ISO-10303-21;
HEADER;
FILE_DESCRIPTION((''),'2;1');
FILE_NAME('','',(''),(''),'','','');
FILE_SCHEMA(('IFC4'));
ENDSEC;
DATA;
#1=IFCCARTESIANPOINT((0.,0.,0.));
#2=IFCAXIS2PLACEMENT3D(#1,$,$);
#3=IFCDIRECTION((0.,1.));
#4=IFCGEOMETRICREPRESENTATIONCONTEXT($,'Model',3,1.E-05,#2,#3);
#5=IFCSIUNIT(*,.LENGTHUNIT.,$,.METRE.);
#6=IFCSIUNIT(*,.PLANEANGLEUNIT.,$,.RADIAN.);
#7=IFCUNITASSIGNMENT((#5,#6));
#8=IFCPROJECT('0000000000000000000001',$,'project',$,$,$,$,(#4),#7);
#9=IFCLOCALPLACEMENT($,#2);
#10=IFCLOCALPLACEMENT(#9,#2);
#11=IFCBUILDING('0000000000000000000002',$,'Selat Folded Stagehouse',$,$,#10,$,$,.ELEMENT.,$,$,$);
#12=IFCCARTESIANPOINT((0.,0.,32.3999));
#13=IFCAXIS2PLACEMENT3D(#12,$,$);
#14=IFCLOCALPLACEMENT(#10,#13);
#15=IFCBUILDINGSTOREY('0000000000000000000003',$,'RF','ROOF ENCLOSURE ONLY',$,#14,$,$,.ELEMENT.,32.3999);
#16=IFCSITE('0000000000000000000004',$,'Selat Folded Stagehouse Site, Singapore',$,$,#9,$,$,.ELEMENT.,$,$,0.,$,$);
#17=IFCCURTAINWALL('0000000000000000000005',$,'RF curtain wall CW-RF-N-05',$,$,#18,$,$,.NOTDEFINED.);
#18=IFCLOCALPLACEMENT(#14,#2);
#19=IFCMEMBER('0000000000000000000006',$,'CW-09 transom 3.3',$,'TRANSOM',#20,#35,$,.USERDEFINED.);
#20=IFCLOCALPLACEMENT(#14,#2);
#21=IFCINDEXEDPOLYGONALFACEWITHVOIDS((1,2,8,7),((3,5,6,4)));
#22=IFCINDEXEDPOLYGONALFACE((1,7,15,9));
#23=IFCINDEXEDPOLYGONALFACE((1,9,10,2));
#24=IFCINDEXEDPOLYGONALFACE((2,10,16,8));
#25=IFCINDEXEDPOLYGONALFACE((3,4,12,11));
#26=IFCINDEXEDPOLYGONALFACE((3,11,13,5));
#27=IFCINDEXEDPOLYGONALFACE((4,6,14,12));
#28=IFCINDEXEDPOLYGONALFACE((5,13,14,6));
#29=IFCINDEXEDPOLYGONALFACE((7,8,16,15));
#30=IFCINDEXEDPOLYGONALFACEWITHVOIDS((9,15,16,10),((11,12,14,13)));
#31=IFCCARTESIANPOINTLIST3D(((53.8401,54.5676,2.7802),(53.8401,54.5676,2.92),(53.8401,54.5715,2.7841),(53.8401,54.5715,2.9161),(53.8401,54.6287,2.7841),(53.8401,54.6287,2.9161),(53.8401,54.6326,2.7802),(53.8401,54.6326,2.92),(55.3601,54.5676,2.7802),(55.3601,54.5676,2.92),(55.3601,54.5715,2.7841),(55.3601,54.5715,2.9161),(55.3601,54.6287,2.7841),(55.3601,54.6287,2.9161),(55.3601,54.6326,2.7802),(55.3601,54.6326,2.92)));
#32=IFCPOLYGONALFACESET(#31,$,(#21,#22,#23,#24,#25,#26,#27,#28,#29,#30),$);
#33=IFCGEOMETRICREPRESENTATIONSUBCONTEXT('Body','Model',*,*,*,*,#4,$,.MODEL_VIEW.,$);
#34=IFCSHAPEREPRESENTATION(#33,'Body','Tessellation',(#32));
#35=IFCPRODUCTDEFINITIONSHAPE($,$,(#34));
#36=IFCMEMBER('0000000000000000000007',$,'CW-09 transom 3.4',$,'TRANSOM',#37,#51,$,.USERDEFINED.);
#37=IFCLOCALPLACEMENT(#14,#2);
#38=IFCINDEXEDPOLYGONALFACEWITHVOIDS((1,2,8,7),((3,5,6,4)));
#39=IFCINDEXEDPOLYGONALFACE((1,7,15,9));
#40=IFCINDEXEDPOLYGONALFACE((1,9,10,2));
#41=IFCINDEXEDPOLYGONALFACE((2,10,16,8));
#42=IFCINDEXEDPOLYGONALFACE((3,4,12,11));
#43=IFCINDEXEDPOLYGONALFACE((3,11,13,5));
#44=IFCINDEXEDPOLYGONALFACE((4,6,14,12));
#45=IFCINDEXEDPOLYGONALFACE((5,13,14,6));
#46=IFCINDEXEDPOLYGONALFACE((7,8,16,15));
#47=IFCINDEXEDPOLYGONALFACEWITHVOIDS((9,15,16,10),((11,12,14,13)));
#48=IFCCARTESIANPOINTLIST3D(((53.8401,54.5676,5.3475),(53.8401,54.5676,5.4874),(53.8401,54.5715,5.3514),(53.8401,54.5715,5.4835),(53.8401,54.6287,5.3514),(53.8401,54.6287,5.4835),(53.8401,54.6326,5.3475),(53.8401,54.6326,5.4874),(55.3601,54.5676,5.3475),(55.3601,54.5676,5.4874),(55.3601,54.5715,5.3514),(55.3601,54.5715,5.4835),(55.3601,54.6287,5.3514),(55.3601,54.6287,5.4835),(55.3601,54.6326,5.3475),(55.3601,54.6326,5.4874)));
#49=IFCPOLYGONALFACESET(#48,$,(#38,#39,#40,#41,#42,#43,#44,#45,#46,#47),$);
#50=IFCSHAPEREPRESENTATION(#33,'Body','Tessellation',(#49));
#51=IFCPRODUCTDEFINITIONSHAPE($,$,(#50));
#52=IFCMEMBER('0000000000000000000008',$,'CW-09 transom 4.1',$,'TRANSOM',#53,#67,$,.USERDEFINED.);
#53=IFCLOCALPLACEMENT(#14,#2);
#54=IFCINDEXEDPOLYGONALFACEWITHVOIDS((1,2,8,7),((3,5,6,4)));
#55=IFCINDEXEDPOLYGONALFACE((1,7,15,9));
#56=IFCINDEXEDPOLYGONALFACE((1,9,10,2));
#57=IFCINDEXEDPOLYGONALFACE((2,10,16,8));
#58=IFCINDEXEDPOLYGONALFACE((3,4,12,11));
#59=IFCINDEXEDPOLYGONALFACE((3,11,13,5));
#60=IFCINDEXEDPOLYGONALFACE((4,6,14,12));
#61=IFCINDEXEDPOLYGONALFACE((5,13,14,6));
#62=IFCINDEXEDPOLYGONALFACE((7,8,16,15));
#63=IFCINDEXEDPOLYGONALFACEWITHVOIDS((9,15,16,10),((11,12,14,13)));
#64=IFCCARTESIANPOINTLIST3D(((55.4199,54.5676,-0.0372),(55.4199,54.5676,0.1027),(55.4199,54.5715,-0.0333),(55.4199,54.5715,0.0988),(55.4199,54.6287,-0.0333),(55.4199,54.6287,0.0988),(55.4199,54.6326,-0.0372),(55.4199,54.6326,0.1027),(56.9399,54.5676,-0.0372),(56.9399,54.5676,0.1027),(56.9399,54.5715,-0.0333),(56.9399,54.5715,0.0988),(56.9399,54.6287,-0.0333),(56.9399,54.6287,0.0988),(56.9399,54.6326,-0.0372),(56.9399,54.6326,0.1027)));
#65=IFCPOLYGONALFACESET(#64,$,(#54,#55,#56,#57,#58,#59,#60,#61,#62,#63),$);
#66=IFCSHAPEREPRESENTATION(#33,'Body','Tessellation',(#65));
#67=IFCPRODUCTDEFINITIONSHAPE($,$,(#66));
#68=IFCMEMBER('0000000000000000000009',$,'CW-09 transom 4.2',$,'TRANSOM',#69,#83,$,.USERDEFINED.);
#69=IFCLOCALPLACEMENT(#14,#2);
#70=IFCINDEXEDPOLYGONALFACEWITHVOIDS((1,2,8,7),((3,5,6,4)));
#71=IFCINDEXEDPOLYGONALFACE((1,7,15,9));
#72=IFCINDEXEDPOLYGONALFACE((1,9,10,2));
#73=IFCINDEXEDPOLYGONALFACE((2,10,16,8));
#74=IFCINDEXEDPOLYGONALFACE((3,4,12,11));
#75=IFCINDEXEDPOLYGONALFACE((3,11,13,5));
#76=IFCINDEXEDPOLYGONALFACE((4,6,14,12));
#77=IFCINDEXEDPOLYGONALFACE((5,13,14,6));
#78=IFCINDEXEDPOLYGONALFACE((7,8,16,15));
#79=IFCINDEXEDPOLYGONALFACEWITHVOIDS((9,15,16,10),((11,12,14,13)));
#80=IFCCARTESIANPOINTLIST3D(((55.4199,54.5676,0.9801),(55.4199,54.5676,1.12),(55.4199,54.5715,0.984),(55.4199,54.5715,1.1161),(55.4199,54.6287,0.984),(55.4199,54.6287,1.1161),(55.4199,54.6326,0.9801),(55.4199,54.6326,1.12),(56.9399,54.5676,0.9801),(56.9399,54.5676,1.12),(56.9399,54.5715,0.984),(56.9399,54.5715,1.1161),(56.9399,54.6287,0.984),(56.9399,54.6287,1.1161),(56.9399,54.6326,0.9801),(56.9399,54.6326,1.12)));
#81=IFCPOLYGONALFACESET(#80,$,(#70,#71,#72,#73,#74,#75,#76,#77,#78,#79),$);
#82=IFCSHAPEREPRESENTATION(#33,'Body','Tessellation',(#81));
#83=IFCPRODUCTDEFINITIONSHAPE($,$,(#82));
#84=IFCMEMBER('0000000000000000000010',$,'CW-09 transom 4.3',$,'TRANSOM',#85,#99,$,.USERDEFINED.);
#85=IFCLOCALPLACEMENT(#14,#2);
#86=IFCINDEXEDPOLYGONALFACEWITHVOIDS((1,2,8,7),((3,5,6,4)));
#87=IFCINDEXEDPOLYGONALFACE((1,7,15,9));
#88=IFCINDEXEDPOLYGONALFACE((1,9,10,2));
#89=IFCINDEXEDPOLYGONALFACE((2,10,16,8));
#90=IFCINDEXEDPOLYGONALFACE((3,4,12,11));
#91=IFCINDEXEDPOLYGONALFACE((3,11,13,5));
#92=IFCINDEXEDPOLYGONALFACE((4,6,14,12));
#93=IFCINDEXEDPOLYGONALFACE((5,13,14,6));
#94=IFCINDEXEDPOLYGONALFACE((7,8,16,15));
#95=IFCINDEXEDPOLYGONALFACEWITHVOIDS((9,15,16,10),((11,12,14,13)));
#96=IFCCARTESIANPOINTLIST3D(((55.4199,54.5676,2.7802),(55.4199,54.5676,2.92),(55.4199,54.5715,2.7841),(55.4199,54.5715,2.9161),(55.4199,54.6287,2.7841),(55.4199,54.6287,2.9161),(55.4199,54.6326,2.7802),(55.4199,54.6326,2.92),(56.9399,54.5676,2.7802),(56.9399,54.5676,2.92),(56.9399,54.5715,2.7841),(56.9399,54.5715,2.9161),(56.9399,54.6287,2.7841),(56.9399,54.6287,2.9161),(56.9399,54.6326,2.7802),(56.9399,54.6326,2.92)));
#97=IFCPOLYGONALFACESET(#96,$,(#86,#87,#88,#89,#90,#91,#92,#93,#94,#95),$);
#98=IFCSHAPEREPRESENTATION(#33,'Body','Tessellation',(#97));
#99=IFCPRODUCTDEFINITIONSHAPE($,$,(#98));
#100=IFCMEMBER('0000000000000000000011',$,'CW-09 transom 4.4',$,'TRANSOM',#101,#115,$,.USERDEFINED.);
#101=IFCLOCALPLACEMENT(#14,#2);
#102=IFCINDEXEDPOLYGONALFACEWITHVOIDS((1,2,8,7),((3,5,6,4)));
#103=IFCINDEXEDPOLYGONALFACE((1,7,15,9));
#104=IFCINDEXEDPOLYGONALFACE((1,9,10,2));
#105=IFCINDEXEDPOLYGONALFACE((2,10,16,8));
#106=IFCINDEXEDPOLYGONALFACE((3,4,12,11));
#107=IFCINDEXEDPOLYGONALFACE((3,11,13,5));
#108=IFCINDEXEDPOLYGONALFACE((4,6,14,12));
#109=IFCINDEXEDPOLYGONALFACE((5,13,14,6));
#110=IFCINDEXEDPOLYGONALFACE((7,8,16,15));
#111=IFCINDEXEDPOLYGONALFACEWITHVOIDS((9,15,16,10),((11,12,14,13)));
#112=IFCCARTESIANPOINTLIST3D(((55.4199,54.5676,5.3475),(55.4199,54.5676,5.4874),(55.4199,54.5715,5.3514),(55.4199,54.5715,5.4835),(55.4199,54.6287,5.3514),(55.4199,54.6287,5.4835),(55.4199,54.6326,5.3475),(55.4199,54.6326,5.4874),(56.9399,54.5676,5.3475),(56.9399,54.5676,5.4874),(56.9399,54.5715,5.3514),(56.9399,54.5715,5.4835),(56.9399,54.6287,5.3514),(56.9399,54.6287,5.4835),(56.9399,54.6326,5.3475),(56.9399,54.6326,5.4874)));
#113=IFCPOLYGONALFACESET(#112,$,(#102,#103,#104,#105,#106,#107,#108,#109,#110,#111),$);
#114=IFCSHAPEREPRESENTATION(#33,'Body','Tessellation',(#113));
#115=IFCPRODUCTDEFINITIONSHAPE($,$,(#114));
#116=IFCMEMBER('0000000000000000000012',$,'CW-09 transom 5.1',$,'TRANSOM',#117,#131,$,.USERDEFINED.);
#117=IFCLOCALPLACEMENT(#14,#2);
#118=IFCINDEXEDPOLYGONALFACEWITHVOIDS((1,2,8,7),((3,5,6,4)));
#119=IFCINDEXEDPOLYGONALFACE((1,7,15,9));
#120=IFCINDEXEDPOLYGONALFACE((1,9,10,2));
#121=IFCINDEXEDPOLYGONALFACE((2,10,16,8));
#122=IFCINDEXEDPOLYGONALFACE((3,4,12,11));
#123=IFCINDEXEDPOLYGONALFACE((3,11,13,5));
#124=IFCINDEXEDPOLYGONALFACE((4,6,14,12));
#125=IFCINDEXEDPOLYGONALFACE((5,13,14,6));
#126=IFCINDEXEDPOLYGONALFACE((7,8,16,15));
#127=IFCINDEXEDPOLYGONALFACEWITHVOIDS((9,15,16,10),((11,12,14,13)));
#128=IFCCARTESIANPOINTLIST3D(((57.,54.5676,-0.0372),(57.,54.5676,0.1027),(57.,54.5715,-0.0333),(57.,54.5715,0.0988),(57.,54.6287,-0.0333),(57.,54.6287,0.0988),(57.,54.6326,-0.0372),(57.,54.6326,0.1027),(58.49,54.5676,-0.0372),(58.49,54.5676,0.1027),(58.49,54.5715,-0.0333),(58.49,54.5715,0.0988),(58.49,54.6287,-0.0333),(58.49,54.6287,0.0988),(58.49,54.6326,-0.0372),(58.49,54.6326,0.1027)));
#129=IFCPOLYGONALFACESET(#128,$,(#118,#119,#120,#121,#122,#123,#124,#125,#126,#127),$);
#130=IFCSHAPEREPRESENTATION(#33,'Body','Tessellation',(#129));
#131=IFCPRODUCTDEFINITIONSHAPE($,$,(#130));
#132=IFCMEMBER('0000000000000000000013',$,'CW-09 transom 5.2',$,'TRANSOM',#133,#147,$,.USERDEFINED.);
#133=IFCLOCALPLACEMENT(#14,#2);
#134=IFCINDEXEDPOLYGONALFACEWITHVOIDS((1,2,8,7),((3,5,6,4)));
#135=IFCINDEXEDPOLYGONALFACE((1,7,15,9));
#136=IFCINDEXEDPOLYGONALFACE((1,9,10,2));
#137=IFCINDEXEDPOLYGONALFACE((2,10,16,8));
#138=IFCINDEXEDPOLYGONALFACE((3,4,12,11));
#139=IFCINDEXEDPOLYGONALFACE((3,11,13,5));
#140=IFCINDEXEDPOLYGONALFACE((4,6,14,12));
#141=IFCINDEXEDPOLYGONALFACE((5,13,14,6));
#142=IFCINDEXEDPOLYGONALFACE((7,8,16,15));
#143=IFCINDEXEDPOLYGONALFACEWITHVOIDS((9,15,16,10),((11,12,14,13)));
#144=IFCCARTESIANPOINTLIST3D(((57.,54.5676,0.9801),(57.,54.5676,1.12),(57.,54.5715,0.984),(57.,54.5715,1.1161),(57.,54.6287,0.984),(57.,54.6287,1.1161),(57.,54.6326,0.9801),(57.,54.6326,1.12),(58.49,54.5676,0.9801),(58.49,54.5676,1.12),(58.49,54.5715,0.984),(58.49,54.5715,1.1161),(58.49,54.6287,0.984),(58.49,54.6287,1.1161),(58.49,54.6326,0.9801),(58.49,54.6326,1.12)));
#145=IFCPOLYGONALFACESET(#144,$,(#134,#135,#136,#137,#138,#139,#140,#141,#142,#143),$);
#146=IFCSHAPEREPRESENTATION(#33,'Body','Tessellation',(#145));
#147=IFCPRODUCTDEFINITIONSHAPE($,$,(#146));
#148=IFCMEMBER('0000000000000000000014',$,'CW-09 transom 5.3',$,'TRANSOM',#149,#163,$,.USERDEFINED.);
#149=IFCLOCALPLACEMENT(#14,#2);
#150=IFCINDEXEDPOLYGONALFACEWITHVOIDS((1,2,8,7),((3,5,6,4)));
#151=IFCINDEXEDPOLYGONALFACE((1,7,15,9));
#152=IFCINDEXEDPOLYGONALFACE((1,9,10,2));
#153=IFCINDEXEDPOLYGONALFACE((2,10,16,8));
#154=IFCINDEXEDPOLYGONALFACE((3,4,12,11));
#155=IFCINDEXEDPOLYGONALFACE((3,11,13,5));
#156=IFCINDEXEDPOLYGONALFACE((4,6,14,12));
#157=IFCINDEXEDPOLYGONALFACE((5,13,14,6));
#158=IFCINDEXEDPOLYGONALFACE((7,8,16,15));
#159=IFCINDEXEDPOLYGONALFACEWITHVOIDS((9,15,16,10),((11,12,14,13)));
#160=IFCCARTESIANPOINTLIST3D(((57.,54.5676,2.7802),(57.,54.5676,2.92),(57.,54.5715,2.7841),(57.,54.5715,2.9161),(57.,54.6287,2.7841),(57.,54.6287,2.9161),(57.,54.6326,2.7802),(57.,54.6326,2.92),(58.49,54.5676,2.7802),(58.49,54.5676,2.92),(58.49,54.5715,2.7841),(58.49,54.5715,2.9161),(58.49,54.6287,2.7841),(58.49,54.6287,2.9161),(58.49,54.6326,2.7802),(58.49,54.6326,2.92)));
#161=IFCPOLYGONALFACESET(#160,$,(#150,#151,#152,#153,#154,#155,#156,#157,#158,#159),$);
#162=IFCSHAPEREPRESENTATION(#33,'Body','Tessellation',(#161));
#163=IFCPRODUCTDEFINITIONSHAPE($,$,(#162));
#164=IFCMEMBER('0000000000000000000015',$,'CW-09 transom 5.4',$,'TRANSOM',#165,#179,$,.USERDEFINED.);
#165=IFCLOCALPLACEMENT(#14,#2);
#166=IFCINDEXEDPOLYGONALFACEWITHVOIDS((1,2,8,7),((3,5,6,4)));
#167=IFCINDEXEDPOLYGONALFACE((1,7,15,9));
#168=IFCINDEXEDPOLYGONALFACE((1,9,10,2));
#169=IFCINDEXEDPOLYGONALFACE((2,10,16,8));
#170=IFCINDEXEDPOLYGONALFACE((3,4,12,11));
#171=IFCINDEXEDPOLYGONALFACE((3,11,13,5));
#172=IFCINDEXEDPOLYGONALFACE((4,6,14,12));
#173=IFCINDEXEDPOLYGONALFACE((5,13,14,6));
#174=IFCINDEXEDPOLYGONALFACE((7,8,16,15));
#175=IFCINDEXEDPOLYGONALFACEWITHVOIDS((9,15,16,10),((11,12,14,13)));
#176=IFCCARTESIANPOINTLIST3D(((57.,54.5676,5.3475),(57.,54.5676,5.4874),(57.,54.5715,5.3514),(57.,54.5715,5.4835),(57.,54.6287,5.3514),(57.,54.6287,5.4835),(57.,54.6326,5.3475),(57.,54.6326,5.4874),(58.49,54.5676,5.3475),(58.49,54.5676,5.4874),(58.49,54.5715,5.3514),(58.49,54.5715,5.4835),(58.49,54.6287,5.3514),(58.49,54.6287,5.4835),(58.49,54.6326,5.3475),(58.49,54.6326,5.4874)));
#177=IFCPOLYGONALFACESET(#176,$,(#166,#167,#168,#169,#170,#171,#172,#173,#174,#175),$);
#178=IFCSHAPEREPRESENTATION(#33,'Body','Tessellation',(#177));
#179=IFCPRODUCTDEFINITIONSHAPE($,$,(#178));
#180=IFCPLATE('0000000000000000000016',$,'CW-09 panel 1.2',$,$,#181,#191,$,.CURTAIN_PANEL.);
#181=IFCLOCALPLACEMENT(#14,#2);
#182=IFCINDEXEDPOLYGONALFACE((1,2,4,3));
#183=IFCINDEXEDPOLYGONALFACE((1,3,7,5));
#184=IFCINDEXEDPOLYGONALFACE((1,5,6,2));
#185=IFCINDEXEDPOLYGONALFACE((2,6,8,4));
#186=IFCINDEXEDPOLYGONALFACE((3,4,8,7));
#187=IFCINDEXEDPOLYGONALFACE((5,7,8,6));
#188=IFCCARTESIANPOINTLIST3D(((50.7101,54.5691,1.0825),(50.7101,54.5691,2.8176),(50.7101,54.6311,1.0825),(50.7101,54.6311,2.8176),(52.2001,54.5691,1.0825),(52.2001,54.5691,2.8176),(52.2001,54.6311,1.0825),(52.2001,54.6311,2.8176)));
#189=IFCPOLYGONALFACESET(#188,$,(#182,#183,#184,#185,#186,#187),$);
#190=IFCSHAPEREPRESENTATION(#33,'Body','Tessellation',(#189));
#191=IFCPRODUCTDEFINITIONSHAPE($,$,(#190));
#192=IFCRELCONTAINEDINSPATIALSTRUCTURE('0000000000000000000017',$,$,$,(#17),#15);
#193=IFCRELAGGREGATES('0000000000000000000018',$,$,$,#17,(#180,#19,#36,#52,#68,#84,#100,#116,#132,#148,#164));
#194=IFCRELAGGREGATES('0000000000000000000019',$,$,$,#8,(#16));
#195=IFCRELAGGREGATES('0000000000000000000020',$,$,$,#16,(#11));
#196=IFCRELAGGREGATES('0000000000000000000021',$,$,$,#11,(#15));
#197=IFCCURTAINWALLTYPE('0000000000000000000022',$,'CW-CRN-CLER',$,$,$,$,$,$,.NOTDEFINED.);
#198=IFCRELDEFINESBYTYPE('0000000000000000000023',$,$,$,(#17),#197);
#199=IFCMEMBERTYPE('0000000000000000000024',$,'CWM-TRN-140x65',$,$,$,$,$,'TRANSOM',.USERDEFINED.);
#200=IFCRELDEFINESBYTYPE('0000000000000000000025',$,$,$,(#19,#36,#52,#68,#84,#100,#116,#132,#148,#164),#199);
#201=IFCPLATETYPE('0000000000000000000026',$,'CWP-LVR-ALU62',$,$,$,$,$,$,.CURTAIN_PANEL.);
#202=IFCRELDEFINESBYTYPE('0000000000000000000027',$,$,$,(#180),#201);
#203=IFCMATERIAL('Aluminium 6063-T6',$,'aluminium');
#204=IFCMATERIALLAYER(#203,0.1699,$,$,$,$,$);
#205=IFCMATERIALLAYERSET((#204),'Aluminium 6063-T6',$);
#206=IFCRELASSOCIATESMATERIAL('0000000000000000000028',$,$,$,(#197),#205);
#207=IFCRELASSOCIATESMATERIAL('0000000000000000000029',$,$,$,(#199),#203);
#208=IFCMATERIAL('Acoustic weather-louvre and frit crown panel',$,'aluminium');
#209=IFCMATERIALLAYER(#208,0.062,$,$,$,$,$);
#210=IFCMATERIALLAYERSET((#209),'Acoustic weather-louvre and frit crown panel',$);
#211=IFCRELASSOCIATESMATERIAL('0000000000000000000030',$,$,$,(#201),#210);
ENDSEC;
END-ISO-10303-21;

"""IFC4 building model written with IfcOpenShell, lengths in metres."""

from ifc_helpers import new_model, si_unit, direction, frame, origin, origin_2d, place, context, subcontext, project, spatial, rectangle, hollow_rectangle, extrude, material, layer, layer_set, material_profile, profile_set, type_object, element, aggregate, save


model = new_model("IFC4")

# Units and contexts
model_context = context("Model", 3, precision=1e-05, world=origin(), true_north=direction((0.0, 1.0)))
body_context = subcontext(model_context, "Body", "Model", "MODEL_VIEW")
ifc_project = project(units=[si_unit("LENGTHUNIT", "METRE"), si_unit("PLANEANGLEUNIT", "RADIAN")], contexts=[model_context])

# Site, building, storey
site_placement = place(None, origin())
site = spatial("IfcSite", under=ifc_project, at=site_placement, Name="Selat Folded Stagehouse Site, Singapore", CompositionType="ELEMENT", RefElevation=0.0)
building_placement = place(site_placement, origin())
building = spatial("IfcBuilding", under=site, at=building_placement, Name="Selat Folded Stagehouse", CompositionType="ELEMENT")
storey_placement = place(building_placement, frame((0.0, 0.0, 32.3999)))
storey = spatial("IfcBuildingStorey", under=building, at=storey_placement, Name="RF", Description="ROOF ENCLOSURE ONLY", CompositionType="ELEMENT", Elevation=32.3999)

# Curtain wall, members, plate
ifc_material_1 = material(Name="Aluminium 6063-T6", Category="aluminium")
ifc_layer_1 = layer(ifc_material_1, 0.1699)
ifc_layer_set_1 = layer_set([ifc_layer_1], Name="Aluminium 6063-T6")
curtain_wall_type = type_object("IfcCurtainWallType", Name="CW-CRN-CLER", PredefinedType="NOTDEFINED", material=ifc_layer_set_1)
curtain_wall_placement = place(storey_placement, origin())
curtain_wall = element("IfcCurtainWall", 1, at=curtain_wall_placement, inside=storey, type_object=curtain_wall_type, Name="RF curtain wall CW-RF-N-05", PredefinedType="NOTDEFINED")
ifc_material_profile_1 = material_profile(ifc_material_1, hollow_rectangle(XDim=0.0649, YDim=0.1399, WallThickness=0.0039, at=origin_2d()), Name="ALU 140x65x4.0")
ifc_profile_set_1 = profile_set([ifc_material_profile_1], Name="Aluminium 6063-T6")
member_type_1 = type_object("IfcMemberType", Name="CWM-TRN-140x65", ElementType="TRANSOM", PredefinedType="USERDEFINED", material=ifc_profile_set_1)
member_1_placement = place(storey_placement, frame((53.8401, 54.6001, 2.8501), z_axis=(1.0, 0.0, 0.0), x_axis=(0.0, 1.0, 0.0)))
member_1 = element("IfcMember", 2, at=member_1_placement, type_object=member_type_1, Name="CW-09 transom 3.3", ObjectType="TRANSOM", PredefinedType="USERDEFINED", context=body_context, shape_type="SweptSolid", body=[
    extrude(hollow_rectangle(XDim=0.0649, YDim=0.1399, WallThickness=0.0039, at=origin_2d()), origin(), (0.0, 0.0, 1.0), 1.52),
])
member_2_placement = place(storey_placement, frame((53.8401, 54.6001, 5.4175), z_axis=(1.0, 0.0, 0.0), x_axis=(0.0, 1.0, 0.0)))
member_2 = element("IfcMember", 3, at=member_2_placement, type_object=member_type_1, Name="CW-09 transom 3.4", ObjectType="TRANSOM", PredefinedType="USERDEFINED", context=body_context, shape_type="SweptSolid", body=[
    extrude(hollow_rectangle(XDim=0.0649, YDim=0.1399, WallThickness=0.0039, at=origin_2d()), origin(), (0.0, 0.0, 1.0), 1.52),
])
member_3_placement = place(storey_placement, frame((55.4199, 54.6001, 0.0327), z_axis=(1.0, 0.0, 0.0), x_axis=(0.0, 1.0, 0.0)))
member_3 = element("IfcMember", 4, at=member_3_placement, type_object=member_type_1, Name="CW-09 transom 4.1", ObjectType="TRANSOM", PredefinedType="USERDEFINED", context=body_context, shape_type="SweptSolid", body=[
    extrude(hollow_rectangle(XDim=0.0649, YDim=0.1399, WallThickness=0.0039, at=origin_2d()), origin(), (0.0, 0.0, 1.0), 1.52),
])
member_4_placement = place(storey_placement, frame((55.4199, 54.6001, 1.05), z_axis=(1.0, 0.0, 0.0), x_axis=(0.0, 1.0, 0.0)))
member_4 = element("IfcMember", 5, at=member_4_placement, type_object=member_type_1, Name="CW-09 transom 4.2", ObjectType="TRANSOM", PredefinedType="USERDEFINED", context=body_context, shape_type="SweptSolid", body=[
    extrude(hollow_rectangle(XDim=0.0649, YDim=0.1399, WallThickness=0.0039, at=origin_2d()), origin(), (0.0, 0.0, 1.0), 1.52),
])
member_5_placement = place(storey_placement, frame((55.4199, 54.6001, 2.8501), z_axis=(1.0, 0.0, 0.0), x_axis=(0.0, 1.0, 0.0)))
member_5 = element("IfcMember", 6, at=member_5_placement, type_object=member_type_1, Name="CW-09 transom 4.3", ObjectType="TRANSOM", PredefinedType="USERDEFINED", context=body_context, shape_type="SweptSolid", body=[
    extrude(hollow_rectangle(XDim=0.0649, YDim=0.1399, WallThickness=0.0039, at=origin_2d()), origin(), (0.0, 0.0, 1.0), 1.52),
])
member_6_placement = place(storey_placement, frame((55.4199, 54.6001, 5.4175), z_axis=(1.0, 0.0, 0.0), x_axis=(0.0, 1.0, 0.0)))
member_6 = element("IfcMember", 7, at=member_6_placement, type_object=member_type_1, Name="CW-09 transom 4.4", ObjectType="TRANSOM", PredefinedType="USERDEFINED", context=body_context, shape_type="SweptSolid", body=[
    extrude(hollow_rectangle(XDim=0.0649, YDim=0.1399, WallThickness=0.0039, at=origin_2d()), origin(), (0.0, 0.0, 1.0), 1.52),
])
member_7_placement = place(storey_placement, frame((57.0, 54.6001, 0.0327), z_axis=(1.0, 0.0, 0.0), x_axis=(0.0, 1.0, 0.0)))
member_7 = element("IfcMember", 8, at=member_7_placement, type_object=member_type_1, Name="CW-09 transom 5.1", ObjectType="TRANSOM", PredefinedType="USERDEFINED", context=body_context, shape_type="SweptSolid", body=[
    extrude(hollow_rectangle(XDim=0.0649, YDim=0.1399, WallThickness=0.0039, at=origin_2d()), origin(), (0.0, 0.0, 1.0), 1.49),
])
member_8_placement = place(storey_placement, frame((57.0, 54.6001, 1.05), z_axis=(1.0, 0.0, 0.0), x_axis=(0.0, 1.0, 0.0)))
member_8 = element("IfcMember", 9, at=member_8_placement, type_object=member_type_1, Name="CW-09 transom 5.2", ObjectType="TRANSOM", PredefinedType="USERDEFINED", context=body_context, shape_type="SweptSolid", body=[
    extrude(hollow_rectangle(XDim=0.0649, YDim=0.1399, WallThickness=0.0039, at=origin_2d()), origin(), (0.0, 0.0, 1.0), 1.49),
])
member_9_placement = place(storey_placement, frame((57.0, 54.6001, 2.8501), z_axis=(1.0, 0.0, 0.0), x_axis=(0.0, 1.0, 0.0)))
member_9 = element("IfcMember", 10, at=member_9_placement, type_object=member_type_1, Name="CW-09 transom 5.3", ObjectType="TRANSOM", PredefinedType="USERDEFINED", context=body_context, shape_type="SweptSolid", body=[
    extrude(hollow_rectangle(XDim=0.0649, YDim=0.1399, WallThickness=0.0039, at=origin_2d()), origin(), (0.0, 0.0, 1.0), 1.49),
])
member_10_placement = place(storey_placement, frame((57.0, 54.6001, 5.4175), z_axis=(1.0, 0.0, 0.0), x_axis=(0.0, 1.0, 0.0)))
member_10 = element("IfcMember", 11, at=member_10_placement, type_object=member_type_1, Name="CW-09 transom 5.4", ObjectType="TRANSOM", PredefinedType="USERDEFINED", context=body_context, shape_type="SweptSolid", body=[
    extrude(hollow_rectangle(XDim=0.0649, YDim=0.1399, WallThickness=0.0039, at=origin_2d()), origin(), (0.0, 0.0, 1.0), 1.49),
])
ifc_material_2 = material(Name="Acoustic weather-louvre and frit crown panel", Category="aluminium")
ifc_layer_2 = layer(ifc_material_2, 0.062)
ifc_layer_set_2 = layer_set([ifc_layer_2], Name="Acoustic weather-louvre and frit crown panel")
plate_type = type_object("IfcPlateType", Name="CWP-LVR-ALU62", PredefinedType="CURTAIN_PANEL", material=ifc_layer_set_2)
plate_1_placement = place(storey_placement, frame((51.4551, 54.6001, 1.0825), z_axis=(0.0, 0.0, 1.0), x_axis=(1.0, 0.0, 0.0)))
plate_1 = element("IfcPlate", 12, at=plate_1_placement, type_object=plate_type, Name="CW-09 panel 1.2", PredefinedType="CURTAIN_PANEL", context=body_context, shape_type="SweptSolid", body=[
    extrude(rectangle(XDim=1.49, YDim=0.062, at=origin_2d()), origin(), (0.0, 0.0, 1.0), 1.7351),
])
aggregate(curtain_wall, [plate_1, member_1, member_2, member_3, member_4, member_5, member_6, member_7, member_8, member_9, member_10])

save(model, "model.ifc")
